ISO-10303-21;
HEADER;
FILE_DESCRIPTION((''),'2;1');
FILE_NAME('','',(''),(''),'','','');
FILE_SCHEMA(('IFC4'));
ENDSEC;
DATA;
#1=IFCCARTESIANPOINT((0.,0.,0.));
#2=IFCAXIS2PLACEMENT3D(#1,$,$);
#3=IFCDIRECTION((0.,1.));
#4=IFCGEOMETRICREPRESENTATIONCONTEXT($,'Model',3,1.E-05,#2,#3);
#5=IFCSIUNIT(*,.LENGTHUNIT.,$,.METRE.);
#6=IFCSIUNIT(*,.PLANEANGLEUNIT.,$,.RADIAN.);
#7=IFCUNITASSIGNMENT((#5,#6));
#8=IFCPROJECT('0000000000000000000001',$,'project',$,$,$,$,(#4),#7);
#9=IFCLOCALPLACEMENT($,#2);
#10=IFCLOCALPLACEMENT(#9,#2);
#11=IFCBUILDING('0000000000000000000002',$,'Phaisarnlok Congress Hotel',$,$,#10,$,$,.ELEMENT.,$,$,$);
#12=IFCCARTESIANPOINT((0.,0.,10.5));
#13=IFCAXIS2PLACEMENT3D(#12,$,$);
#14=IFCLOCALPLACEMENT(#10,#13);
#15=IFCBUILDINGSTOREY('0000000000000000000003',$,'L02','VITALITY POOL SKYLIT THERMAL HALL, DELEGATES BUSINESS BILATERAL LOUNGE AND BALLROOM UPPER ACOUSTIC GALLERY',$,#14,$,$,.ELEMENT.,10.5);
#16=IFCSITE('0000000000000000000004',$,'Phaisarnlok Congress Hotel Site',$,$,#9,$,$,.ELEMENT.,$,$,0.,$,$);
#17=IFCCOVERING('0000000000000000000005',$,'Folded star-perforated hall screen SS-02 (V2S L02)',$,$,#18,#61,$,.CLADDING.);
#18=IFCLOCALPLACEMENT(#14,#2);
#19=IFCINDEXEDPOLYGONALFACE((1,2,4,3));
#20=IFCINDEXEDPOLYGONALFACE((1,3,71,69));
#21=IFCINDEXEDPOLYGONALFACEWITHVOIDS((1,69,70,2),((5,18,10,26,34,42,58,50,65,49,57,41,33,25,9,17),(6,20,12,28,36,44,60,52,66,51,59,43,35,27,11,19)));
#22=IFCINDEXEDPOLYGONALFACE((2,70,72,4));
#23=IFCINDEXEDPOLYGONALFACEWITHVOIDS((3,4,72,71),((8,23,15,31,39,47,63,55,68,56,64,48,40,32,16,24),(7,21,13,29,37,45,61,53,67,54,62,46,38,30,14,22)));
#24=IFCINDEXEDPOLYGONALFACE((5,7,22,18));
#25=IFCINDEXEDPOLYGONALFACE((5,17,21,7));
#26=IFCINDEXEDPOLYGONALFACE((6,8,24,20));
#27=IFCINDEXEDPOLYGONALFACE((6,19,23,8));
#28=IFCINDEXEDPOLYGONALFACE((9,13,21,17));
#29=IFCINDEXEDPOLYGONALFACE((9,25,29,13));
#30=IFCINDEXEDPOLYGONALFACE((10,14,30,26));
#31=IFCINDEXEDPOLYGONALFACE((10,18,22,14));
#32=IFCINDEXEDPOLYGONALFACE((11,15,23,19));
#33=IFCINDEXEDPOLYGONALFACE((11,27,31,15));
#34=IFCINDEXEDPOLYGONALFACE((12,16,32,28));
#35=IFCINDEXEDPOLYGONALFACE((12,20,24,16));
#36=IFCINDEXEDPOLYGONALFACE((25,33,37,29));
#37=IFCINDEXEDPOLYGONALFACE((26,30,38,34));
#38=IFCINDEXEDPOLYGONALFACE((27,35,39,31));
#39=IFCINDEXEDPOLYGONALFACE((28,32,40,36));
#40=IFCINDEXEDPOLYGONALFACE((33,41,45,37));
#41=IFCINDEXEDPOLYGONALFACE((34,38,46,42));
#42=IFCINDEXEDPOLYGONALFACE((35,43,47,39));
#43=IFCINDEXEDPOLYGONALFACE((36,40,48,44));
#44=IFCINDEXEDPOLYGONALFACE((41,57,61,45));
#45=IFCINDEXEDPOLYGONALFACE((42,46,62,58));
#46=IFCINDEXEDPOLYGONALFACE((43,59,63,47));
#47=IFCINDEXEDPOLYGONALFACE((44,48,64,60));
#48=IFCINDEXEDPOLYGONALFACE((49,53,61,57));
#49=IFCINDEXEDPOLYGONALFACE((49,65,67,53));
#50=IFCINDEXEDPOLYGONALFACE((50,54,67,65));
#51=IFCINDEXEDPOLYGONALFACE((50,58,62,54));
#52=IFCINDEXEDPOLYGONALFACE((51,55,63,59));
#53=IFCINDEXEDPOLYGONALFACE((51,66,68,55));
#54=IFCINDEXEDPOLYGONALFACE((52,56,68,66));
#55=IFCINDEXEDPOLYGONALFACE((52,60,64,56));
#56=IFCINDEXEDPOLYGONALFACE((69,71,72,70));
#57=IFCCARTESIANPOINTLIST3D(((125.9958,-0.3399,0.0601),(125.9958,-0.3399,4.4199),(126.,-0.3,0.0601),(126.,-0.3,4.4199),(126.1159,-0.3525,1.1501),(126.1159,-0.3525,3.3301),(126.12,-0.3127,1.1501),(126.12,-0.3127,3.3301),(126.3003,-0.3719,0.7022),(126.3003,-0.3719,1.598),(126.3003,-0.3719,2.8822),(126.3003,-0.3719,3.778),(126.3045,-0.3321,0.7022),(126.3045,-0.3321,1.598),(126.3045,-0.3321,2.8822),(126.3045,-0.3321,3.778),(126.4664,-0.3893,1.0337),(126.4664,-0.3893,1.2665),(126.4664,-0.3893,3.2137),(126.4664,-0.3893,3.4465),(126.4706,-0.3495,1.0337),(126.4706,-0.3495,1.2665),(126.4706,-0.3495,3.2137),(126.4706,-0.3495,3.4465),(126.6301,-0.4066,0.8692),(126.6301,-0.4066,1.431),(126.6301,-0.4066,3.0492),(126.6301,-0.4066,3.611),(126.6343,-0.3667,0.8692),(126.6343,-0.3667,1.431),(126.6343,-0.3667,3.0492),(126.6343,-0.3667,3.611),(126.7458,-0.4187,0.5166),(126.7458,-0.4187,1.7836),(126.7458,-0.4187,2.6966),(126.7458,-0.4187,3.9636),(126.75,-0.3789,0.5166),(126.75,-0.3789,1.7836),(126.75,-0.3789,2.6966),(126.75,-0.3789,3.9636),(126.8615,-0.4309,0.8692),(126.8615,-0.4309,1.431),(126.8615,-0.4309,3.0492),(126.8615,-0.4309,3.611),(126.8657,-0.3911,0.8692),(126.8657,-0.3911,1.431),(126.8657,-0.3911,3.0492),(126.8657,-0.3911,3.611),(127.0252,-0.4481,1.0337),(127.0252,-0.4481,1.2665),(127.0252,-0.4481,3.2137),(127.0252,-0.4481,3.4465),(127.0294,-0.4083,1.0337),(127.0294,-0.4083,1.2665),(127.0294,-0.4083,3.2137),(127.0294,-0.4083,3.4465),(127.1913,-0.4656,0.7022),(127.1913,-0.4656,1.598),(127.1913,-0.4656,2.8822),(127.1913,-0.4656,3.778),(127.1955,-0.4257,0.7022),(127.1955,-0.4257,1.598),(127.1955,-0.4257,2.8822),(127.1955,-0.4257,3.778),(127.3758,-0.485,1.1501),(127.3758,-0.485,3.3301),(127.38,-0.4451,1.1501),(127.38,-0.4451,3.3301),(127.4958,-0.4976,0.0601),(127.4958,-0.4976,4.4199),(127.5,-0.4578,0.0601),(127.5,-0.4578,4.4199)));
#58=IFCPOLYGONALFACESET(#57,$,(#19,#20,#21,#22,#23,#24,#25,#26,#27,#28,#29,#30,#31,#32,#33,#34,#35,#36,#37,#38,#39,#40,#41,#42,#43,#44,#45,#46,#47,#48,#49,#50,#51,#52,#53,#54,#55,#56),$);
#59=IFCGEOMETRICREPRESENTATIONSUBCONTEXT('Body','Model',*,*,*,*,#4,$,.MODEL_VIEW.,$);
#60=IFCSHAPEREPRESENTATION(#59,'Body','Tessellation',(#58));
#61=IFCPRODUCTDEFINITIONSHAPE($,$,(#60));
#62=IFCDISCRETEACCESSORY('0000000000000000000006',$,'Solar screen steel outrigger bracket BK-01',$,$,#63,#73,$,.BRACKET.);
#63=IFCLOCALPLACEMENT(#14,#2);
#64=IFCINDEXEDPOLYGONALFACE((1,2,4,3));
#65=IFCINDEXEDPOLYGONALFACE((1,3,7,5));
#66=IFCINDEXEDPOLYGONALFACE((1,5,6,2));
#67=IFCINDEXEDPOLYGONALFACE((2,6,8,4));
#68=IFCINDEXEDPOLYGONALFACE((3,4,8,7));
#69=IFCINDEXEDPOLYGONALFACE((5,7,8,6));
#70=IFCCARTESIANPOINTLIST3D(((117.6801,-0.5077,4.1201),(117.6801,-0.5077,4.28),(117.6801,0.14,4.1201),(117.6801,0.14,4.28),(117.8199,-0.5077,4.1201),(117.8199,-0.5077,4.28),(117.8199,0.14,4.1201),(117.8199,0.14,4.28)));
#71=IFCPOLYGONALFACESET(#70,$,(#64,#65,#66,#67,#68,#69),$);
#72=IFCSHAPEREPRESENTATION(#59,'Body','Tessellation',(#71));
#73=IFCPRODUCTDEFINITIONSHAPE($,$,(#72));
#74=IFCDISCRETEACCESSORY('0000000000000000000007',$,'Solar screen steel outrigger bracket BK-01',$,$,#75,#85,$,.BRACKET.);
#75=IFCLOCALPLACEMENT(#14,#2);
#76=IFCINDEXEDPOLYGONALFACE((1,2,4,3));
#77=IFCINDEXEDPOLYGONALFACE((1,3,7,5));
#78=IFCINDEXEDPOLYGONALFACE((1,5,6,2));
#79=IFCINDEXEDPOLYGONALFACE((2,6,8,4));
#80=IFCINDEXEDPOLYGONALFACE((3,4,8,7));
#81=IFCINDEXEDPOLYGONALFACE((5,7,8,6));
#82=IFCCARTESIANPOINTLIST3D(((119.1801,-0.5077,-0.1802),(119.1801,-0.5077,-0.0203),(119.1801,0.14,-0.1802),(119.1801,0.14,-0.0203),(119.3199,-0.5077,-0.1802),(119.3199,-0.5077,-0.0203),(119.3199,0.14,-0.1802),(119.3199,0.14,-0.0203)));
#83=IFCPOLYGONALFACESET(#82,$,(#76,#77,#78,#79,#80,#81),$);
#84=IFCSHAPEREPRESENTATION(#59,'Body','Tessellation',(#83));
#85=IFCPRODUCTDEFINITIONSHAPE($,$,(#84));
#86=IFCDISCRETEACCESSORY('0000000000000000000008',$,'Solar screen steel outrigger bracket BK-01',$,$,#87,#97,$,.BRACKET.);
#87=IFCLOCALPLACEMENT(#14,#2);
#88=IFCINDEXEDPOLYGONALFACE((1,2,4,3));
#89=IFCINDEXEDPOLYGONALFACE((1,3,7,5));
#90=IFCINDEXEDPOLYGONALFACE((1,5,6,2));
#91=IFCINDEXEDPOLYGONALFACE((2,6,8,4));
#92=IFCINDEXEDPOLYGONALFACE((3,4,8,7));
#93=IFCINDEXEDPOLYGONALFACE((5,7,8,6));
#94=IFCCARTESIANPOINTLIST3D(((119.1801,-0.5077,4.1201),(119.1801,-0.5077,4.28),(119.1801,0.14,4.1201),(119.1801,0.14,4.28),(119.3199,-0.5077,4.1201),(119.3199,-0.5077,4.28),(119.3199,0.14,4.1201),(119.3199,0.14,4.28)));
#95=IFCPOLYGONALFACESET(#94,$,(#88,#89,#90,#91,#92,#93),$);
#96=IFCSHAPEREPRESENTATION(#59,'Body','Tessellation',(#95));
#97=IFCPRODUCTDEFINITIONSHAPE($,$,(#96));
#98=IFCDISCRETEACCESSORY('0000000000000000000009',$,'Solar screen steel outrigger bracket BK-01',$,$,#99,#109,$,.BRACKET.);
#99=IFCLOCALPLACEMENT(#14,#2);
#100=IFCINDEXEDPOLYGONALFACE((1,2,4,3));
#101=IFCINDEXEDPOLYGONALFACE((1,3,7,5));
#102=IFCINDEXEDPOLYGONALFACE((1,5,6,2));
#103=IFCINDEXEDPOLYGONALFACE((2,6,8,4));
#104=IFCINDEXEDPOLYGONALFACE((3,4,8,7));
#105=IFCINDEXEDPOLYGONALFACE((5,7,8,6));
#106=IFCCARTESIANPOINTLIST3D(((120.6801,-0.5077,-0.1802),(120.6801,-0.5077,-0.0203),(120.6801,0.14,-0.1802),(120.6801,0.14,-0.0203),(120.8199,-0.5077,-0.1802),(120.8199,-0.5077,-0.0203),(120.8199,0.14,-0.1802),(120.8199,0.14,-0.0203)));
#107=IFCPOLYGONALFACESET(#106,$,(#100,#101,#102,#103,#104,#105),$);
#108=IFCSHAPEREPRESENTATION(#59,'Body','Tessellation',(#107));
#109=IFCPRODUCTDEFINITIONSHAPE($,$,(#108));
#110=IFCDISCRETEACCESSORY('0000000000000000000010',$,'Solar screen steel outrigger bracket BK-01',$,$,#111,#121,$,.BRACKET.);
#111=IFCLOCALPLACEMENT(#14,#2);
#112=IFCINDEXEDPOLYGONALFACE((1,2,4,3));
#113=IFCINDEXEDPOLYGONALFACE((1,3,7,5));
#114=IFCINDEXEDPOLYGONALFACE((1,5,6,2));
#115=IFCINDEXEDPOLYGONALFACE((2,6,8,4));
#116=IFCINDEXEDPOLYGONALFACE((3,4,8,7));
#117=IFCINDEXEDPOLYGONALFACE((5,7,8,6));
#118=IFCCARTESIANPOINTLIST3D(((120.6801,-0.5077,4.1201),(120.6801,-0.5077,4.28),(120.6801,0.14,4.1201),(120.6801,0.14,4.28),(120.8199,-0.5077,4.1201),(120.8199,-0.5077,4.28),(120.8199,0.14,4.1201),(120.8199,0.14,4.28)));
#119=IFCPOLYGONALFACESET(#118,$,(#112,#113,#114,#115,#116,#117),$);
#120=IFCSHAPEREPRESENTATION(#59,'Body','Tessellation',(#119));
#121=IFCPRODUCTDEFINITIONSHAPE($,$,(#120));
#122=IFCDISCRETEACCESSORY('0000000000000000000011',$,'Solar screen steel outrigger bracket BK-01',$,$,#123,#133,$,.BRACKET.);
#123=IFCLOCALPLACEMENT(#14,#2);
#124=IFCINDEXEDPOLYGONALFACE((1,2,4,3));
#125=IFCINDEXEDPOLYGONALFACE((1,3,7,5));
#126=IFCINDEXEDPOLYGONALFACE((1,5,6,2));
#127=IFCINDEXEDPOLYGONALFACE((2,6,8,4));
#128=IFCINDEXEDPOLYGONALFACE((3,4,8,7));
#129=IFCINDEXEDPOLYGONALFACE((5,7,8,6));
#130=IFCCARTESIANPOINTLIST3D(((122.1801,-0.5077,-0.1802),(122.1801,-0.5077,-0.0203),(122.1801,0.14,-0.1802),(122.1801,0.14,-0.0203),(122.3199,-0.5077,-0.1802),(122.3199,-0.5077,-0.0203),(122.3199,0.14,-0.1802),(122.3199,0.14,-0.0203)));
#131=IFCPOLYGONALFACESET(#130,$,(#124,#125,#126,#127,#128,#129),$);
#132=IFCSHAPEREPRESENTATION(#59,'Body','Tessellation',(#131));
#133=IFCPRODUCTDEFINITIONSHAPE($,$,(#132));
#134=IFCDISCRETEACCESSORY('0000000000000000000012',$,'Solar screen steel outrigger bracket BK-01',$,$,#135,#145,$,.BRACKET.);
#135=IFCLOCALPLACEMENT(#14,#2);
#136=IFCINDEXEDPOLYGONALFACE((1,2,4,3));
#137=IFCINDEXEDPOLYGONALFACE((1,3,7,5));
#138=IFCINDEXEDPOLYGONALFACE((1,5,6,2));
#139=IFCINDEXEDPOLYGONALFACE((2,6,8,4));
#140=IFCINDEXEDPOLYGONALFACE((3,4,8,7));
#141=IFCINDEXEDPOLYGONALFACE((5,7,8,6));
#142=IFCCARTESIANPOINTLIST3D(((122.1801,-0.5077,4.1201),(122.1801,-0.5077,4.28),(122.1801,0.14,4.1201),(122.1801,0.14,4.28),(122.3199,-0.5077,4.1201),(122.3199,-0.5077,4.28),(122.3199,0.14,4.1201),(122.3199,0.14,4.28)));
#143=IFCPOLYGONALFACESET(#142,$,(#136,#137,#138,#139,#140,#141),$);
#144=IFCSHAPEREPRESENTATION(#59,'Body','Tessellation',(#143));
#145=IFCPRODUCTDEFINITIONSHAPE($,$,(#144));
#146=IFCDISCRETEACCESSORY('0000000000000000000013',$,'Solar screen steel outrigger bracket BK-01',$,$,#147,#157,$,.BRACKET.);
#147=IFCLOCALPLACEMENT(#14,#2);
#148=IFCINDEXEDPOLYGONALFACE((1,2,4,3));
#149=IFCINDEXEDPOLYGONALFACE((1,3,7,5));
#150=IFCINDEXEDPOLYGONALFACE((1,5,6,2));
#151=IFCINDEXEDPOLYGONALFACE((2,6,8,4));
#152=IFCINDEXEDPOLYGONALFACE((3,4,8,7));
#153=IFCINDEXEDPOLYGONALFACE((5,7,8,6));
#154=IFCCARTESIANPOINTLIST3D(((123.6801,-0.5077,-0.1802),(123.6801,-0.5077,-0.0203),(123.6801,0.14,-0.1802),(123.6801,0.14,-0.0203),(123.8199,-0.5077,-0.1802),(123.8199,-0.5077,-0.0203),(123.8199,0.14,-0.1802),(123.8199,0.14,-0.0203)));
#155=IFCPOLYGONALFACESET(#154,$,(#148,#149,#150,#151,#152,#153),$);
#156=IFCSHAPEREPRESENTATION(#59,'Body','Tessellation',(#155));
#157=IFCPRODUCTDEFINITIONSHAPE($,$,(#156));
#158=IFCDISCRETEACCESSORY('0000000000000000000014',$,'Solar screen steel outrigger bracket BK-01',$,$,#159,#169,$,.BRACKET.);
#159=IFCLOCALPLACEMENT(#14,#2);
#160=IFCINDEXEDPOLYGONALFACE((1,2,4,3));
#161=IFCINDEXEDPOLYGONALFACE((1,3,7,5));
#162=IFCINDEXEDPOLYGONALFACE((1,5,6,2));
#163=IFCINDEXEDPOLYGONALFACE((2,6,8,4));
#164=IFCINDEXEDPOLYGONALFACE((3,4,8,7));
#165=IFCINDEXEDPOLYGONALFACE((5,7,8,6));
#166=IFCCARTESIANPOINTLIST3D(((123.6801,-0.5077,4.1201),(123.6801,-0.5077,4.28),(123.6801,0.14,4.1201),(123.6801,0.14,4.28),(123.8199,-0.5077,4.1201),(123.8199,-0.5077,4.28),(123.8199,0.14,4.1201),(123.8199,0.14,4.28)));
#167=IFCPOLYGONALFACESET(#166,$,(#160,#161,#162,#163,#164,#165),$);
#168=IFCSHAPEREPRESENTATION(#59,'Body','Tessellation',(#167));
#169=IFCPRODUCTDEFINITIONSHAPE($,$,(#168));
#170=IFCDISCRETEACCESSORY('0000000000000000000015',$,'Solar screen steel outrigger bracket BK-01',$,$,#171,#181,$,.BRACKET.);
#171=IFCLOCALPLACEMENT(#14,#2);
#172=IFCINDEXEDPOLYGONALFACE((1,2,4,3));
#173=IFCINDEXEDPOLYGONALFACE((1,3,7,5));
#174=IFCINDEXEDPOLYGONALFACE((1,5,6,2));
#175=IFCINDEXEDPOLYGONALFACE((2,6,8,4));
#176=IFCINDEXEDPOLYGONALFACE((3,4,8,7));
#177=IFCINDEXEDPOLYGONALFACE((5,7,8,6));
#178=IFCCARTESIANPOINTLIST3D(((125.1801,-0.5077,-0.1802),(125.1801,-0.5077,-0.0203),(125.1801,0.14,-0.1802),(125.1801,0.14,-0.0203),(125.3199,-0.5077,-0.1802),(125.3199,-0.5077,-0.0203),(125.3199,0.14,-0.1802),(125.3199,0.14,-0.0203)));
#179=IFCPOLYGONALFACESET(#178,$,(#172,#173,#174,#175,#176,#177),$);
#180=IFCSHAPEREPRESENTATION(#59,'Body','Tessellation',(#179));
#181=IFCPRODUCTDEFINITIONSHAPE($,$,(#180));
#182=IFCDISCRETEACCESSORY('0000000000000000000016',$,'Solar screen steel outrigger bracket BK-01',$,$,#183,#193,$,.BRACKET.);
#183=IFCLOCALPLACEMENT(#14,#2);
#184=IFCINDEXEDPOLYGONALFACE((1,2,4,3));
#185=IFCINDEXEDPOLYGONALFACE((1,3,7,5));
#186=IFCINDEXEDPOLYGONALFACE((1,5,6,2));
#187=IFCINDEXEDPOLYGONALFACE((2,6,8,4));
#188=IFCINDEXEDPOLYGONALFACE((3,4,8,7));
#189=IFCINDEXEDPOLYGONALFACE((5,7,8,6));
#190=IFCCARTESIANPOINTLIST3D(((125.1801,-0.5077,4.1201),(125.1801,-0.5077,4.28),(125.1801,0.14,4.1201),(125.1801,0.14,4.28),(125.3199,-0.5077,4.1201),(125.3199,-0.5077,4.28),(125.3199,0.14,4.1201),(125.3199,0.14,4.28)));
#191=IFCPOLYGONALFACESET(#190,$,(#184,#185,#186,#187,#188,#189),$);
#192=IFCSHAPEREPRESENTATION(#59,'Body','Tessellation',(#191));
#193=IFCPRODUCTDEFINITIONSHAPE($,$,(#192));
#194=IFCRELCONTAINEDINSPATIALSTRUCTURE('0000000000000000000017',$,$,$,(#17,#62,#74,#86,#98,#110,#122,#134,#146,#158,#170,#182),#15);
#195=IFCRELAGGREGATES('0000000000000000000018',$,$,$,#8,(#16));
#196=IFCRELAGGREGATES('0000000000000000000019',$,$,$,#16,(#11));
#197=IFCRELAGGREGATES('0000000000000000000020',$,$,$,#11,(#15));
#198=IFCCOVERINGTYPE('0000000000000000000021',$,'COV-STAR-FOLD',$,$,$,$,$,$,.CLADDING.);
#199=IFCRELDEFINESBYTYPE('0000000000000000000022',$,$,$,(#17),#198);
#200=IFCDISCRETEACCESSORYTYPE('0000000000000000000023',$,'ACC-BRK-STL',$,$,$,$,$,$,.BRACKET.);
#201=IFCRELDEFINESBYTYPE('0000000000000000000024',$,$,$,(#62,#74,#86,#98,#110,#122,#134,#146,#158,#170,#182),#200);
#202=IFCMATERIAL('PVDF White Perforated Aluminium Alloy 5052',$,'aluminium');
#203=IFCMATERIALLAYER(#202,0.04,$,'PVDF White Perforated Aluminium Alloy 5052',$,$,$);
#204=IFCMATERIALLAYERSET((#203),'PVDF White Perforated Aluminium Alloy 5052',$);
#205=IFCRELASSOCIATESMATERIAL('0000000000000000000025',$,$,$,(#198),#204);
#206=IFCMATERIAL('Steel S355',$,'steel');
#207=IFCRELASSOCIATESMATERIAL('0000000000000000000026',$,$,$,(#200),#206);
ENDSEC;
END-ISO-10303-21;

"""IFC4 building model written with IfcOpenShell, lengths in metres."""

from ifc_helpers import new_model, si_unit, direction, frame, origin, origin_2d, place, context, subcontext, project, spatial, polyline, rectangle, outline, extrude, material, layer, layer_set, type_object, element, save


model = new_model("IFC4")

# Units and contexts
model_context = context("Model", 3, precision=1e-05, world=origin(), true_north=direction((0.0, 1.0)))
body_context = subcontext(model_context, "Body", "Model", "MODEL_VIEW")
ifc_project = project(units=[si_unit("LENGTHUNIT", "METRE"), si_unit("PLANEANGLEUNIT", "RADIAN")], contexts=[model_context])

# Site, building, storey
site_placement = place(None, origin())
site = spatial("IfcSite", under=ifc_project, at=site_placement, Name="Phaisarnlok Congress Hotel Site", CompositionType="ELEMENT", RefElevation=0.0)
building_placement = place(site_placement, origin())
building = spatial("IfcBuilding", under=site, at=building_placement, Name="Phaisarnlok Congress Hotel", CompositionType="ELEMENT")
storey_placement = place(building_placement, frame((0.0, 0.0, 10.5)))
storey = spatial("IfcBuildingStorey", under=building, at=storey_placement, Name="L02", Description="VITALITY POOL SKYLIT THERMAL HALL, DELEGATES BUSINESS BILATERAL LOUNGE AND BALLROOM UPPER ACOUSTIC GALLERY", CompositionType="ELEMENT", Elevation=10.5)

# Shared definitions
ifc_material_1 = material(Name="Steel S355", Category="steel")

# Covering
ifc_material_2 = material(Name="PVDF White Perforated Aluminium Alloy 5052", Category="aluminium")
ifc_layer_1 = layer(ifc_material_2, 0.04, Name="PVDF White Perforated Aluminium Alloy 5052")
ifc_layer_set_1 = layer_set([ifc_layer_1], Name="PVDF White Perforated Aluminium Alloy 5052")
covering_type = type_object("IfcCoveringType", Name="COV-STAR-FOLD", PredefinedType="CLADDING", material=ifc_layer_set_1)
for number, where, z_axis, x_axis, name in (
    (1, (126.0, -0.3, 0.0601), (-0.104567, -0.994518, 0.0), (0.994518, -0.104567, 0.0), "Folded star-perforated hall screen SS-02 (V2S L02)"),
):
    element("IfcCovering", number, at=place(storey_placement, frame(where, z_axis=z_axis, x_axis=x_axis)), inside=storey, type_object=covering_type, Name=name, PredefinedType="CLADDING", context=body_context, shape_type="SweptSolid", body=[
        extrude(outline(polyline([(0.0, 0.0), (1.5083, 0.0), (1.5083, 4.3599), (0.0, 4.3599), (0.0, 0.0)]), holes=[polyline([(1.0351, 0.9736), (1.2021, 0.6421), (0.8705, 0.8091), (0.7541, 0.4565), (0.6378, 0.8091), (0.3062, 0.6421), (0.4732, 0.9736), (0.1207, 1.09), (0.4732, 1.2064), (0.3062, 1.5379), (0.6378, 1.3709), (0.7541, 1.7235), (0.8705, 1.3709), (1.2021, 1.5379), (1.0351, 1.2064), (1.3876, 1.09), (1.0351, 0.9736)]), polyline([(1.0351, 3.1536), (1.2021, 2.8221), (0.8705, 2.9891), (0.7541, 2.6365), (0.6378, 2.9891), (0.3062, 2.8221), (0.4732, 3.1536), (0.1207, 3.27), (0.4732, 3.3864), (0.3062, 3.7179), (0.6378, 3.5509), (0.7541, 3.9035), (0.8705, 3.5509), (1.2021, 3.7179), (1.0351, 3.3864), (1.3876, 3.27), (1.0351, 3.1536)])]), origin(), (0.0, 0.0, 1.0), 0.04),
    ])

# Discrete accessories
discrete_accessory_type = type_object("IfcDiscreteAccessoryType", Name="ACC-BRK-STL", PredefinedType="BRACKET", material=ifc_material_1)
for number, where, z_axis, x_axis, name in (
    (2, (117.75, -0.1838, 4.1201), (0.0, 0.0, 1.0), (1.0, 0.0, 0.0), "Solar screen steel outrigger bracket BK-01"),
    (3, (119.25, -0.1838, -0.1802), (0.0, 0.0, 1.0), (1.0, 0.0, 0.0), "Solar screen steel outrigger bracket BK-01"),
    (4, (119.25, -0.1838, 4.1201), (0.0, 0.0, 1.0), (1.0, 0.0, 0.0), "Solar screen steel outrigger bracket BK-01"),
    (5, (120.75, -0.1838, -0.1802), (0.0, 0.0, 1.0), (1.0, 0.0, 0.0), "Solar screen steel outrigger bracket BK-01"),
    (6, (120.75, -0.1838, 4.1201), (0.0, 0.0, 1.0), (1.0, 0.0, 0.0), "Solar screen steel outrigger bracket BK-01"),
    (7, (122.25, -0.1838, -0.1802), (0.0, 0.0, 1.0), (1.0, 0.0, 0.0), "Solar screen steel outrigger bracket BK-01"),
    (8, (122.25, -0.1838, 4.1201), (0.0, 0.0, 1.0), (1.0, 0.0, 0.0), "Solar screen steel outrigger bracket BK-01"),
    (9, (123.75, -0.1838, -0.1802), (0.0, 0.0, 1.0), (1.0, 0.0, 0.0), "Solar screen steel outrigger bracket BK-01"),
    (10, (123.75, -0.1838, 4.1201), (0.0, 0.0, 1.0), (1.0, 0.0, 0.0), "Solar screen steel outrigger bracket BK-01"),
    (11, (125.25, -0.1838, -0.1802), (0.0, 0.0, 1.0), (1.0, 0.0, 0.0), "Solar screen steel outrigger bracket BK-01"),
    (12, (125.25, -0.1838, 4.1201), (0.0, 0.0, 1.0), (1.0, 0.0, 0.0), "Solar screen steel outrigger bracket BK-01"),
):
    element("IfcDiscreteAccessory", number, at=place(storey_placement, frame(where, z_axis=z_axis, x_axis=x_axis)), inside=storey, type_object=discrete_accessory_type, Name=name, PredefinedType="BRACKET", context=body_context, shape_type="SweptSolid", body=[
        extrude(rectangle(XDim=0.1399, YDim=0.6477, at=origin_2d()), origin(), (0.0, 0.0, 1.0), 0.1599),
    ])

save(model, "model.ifc")
